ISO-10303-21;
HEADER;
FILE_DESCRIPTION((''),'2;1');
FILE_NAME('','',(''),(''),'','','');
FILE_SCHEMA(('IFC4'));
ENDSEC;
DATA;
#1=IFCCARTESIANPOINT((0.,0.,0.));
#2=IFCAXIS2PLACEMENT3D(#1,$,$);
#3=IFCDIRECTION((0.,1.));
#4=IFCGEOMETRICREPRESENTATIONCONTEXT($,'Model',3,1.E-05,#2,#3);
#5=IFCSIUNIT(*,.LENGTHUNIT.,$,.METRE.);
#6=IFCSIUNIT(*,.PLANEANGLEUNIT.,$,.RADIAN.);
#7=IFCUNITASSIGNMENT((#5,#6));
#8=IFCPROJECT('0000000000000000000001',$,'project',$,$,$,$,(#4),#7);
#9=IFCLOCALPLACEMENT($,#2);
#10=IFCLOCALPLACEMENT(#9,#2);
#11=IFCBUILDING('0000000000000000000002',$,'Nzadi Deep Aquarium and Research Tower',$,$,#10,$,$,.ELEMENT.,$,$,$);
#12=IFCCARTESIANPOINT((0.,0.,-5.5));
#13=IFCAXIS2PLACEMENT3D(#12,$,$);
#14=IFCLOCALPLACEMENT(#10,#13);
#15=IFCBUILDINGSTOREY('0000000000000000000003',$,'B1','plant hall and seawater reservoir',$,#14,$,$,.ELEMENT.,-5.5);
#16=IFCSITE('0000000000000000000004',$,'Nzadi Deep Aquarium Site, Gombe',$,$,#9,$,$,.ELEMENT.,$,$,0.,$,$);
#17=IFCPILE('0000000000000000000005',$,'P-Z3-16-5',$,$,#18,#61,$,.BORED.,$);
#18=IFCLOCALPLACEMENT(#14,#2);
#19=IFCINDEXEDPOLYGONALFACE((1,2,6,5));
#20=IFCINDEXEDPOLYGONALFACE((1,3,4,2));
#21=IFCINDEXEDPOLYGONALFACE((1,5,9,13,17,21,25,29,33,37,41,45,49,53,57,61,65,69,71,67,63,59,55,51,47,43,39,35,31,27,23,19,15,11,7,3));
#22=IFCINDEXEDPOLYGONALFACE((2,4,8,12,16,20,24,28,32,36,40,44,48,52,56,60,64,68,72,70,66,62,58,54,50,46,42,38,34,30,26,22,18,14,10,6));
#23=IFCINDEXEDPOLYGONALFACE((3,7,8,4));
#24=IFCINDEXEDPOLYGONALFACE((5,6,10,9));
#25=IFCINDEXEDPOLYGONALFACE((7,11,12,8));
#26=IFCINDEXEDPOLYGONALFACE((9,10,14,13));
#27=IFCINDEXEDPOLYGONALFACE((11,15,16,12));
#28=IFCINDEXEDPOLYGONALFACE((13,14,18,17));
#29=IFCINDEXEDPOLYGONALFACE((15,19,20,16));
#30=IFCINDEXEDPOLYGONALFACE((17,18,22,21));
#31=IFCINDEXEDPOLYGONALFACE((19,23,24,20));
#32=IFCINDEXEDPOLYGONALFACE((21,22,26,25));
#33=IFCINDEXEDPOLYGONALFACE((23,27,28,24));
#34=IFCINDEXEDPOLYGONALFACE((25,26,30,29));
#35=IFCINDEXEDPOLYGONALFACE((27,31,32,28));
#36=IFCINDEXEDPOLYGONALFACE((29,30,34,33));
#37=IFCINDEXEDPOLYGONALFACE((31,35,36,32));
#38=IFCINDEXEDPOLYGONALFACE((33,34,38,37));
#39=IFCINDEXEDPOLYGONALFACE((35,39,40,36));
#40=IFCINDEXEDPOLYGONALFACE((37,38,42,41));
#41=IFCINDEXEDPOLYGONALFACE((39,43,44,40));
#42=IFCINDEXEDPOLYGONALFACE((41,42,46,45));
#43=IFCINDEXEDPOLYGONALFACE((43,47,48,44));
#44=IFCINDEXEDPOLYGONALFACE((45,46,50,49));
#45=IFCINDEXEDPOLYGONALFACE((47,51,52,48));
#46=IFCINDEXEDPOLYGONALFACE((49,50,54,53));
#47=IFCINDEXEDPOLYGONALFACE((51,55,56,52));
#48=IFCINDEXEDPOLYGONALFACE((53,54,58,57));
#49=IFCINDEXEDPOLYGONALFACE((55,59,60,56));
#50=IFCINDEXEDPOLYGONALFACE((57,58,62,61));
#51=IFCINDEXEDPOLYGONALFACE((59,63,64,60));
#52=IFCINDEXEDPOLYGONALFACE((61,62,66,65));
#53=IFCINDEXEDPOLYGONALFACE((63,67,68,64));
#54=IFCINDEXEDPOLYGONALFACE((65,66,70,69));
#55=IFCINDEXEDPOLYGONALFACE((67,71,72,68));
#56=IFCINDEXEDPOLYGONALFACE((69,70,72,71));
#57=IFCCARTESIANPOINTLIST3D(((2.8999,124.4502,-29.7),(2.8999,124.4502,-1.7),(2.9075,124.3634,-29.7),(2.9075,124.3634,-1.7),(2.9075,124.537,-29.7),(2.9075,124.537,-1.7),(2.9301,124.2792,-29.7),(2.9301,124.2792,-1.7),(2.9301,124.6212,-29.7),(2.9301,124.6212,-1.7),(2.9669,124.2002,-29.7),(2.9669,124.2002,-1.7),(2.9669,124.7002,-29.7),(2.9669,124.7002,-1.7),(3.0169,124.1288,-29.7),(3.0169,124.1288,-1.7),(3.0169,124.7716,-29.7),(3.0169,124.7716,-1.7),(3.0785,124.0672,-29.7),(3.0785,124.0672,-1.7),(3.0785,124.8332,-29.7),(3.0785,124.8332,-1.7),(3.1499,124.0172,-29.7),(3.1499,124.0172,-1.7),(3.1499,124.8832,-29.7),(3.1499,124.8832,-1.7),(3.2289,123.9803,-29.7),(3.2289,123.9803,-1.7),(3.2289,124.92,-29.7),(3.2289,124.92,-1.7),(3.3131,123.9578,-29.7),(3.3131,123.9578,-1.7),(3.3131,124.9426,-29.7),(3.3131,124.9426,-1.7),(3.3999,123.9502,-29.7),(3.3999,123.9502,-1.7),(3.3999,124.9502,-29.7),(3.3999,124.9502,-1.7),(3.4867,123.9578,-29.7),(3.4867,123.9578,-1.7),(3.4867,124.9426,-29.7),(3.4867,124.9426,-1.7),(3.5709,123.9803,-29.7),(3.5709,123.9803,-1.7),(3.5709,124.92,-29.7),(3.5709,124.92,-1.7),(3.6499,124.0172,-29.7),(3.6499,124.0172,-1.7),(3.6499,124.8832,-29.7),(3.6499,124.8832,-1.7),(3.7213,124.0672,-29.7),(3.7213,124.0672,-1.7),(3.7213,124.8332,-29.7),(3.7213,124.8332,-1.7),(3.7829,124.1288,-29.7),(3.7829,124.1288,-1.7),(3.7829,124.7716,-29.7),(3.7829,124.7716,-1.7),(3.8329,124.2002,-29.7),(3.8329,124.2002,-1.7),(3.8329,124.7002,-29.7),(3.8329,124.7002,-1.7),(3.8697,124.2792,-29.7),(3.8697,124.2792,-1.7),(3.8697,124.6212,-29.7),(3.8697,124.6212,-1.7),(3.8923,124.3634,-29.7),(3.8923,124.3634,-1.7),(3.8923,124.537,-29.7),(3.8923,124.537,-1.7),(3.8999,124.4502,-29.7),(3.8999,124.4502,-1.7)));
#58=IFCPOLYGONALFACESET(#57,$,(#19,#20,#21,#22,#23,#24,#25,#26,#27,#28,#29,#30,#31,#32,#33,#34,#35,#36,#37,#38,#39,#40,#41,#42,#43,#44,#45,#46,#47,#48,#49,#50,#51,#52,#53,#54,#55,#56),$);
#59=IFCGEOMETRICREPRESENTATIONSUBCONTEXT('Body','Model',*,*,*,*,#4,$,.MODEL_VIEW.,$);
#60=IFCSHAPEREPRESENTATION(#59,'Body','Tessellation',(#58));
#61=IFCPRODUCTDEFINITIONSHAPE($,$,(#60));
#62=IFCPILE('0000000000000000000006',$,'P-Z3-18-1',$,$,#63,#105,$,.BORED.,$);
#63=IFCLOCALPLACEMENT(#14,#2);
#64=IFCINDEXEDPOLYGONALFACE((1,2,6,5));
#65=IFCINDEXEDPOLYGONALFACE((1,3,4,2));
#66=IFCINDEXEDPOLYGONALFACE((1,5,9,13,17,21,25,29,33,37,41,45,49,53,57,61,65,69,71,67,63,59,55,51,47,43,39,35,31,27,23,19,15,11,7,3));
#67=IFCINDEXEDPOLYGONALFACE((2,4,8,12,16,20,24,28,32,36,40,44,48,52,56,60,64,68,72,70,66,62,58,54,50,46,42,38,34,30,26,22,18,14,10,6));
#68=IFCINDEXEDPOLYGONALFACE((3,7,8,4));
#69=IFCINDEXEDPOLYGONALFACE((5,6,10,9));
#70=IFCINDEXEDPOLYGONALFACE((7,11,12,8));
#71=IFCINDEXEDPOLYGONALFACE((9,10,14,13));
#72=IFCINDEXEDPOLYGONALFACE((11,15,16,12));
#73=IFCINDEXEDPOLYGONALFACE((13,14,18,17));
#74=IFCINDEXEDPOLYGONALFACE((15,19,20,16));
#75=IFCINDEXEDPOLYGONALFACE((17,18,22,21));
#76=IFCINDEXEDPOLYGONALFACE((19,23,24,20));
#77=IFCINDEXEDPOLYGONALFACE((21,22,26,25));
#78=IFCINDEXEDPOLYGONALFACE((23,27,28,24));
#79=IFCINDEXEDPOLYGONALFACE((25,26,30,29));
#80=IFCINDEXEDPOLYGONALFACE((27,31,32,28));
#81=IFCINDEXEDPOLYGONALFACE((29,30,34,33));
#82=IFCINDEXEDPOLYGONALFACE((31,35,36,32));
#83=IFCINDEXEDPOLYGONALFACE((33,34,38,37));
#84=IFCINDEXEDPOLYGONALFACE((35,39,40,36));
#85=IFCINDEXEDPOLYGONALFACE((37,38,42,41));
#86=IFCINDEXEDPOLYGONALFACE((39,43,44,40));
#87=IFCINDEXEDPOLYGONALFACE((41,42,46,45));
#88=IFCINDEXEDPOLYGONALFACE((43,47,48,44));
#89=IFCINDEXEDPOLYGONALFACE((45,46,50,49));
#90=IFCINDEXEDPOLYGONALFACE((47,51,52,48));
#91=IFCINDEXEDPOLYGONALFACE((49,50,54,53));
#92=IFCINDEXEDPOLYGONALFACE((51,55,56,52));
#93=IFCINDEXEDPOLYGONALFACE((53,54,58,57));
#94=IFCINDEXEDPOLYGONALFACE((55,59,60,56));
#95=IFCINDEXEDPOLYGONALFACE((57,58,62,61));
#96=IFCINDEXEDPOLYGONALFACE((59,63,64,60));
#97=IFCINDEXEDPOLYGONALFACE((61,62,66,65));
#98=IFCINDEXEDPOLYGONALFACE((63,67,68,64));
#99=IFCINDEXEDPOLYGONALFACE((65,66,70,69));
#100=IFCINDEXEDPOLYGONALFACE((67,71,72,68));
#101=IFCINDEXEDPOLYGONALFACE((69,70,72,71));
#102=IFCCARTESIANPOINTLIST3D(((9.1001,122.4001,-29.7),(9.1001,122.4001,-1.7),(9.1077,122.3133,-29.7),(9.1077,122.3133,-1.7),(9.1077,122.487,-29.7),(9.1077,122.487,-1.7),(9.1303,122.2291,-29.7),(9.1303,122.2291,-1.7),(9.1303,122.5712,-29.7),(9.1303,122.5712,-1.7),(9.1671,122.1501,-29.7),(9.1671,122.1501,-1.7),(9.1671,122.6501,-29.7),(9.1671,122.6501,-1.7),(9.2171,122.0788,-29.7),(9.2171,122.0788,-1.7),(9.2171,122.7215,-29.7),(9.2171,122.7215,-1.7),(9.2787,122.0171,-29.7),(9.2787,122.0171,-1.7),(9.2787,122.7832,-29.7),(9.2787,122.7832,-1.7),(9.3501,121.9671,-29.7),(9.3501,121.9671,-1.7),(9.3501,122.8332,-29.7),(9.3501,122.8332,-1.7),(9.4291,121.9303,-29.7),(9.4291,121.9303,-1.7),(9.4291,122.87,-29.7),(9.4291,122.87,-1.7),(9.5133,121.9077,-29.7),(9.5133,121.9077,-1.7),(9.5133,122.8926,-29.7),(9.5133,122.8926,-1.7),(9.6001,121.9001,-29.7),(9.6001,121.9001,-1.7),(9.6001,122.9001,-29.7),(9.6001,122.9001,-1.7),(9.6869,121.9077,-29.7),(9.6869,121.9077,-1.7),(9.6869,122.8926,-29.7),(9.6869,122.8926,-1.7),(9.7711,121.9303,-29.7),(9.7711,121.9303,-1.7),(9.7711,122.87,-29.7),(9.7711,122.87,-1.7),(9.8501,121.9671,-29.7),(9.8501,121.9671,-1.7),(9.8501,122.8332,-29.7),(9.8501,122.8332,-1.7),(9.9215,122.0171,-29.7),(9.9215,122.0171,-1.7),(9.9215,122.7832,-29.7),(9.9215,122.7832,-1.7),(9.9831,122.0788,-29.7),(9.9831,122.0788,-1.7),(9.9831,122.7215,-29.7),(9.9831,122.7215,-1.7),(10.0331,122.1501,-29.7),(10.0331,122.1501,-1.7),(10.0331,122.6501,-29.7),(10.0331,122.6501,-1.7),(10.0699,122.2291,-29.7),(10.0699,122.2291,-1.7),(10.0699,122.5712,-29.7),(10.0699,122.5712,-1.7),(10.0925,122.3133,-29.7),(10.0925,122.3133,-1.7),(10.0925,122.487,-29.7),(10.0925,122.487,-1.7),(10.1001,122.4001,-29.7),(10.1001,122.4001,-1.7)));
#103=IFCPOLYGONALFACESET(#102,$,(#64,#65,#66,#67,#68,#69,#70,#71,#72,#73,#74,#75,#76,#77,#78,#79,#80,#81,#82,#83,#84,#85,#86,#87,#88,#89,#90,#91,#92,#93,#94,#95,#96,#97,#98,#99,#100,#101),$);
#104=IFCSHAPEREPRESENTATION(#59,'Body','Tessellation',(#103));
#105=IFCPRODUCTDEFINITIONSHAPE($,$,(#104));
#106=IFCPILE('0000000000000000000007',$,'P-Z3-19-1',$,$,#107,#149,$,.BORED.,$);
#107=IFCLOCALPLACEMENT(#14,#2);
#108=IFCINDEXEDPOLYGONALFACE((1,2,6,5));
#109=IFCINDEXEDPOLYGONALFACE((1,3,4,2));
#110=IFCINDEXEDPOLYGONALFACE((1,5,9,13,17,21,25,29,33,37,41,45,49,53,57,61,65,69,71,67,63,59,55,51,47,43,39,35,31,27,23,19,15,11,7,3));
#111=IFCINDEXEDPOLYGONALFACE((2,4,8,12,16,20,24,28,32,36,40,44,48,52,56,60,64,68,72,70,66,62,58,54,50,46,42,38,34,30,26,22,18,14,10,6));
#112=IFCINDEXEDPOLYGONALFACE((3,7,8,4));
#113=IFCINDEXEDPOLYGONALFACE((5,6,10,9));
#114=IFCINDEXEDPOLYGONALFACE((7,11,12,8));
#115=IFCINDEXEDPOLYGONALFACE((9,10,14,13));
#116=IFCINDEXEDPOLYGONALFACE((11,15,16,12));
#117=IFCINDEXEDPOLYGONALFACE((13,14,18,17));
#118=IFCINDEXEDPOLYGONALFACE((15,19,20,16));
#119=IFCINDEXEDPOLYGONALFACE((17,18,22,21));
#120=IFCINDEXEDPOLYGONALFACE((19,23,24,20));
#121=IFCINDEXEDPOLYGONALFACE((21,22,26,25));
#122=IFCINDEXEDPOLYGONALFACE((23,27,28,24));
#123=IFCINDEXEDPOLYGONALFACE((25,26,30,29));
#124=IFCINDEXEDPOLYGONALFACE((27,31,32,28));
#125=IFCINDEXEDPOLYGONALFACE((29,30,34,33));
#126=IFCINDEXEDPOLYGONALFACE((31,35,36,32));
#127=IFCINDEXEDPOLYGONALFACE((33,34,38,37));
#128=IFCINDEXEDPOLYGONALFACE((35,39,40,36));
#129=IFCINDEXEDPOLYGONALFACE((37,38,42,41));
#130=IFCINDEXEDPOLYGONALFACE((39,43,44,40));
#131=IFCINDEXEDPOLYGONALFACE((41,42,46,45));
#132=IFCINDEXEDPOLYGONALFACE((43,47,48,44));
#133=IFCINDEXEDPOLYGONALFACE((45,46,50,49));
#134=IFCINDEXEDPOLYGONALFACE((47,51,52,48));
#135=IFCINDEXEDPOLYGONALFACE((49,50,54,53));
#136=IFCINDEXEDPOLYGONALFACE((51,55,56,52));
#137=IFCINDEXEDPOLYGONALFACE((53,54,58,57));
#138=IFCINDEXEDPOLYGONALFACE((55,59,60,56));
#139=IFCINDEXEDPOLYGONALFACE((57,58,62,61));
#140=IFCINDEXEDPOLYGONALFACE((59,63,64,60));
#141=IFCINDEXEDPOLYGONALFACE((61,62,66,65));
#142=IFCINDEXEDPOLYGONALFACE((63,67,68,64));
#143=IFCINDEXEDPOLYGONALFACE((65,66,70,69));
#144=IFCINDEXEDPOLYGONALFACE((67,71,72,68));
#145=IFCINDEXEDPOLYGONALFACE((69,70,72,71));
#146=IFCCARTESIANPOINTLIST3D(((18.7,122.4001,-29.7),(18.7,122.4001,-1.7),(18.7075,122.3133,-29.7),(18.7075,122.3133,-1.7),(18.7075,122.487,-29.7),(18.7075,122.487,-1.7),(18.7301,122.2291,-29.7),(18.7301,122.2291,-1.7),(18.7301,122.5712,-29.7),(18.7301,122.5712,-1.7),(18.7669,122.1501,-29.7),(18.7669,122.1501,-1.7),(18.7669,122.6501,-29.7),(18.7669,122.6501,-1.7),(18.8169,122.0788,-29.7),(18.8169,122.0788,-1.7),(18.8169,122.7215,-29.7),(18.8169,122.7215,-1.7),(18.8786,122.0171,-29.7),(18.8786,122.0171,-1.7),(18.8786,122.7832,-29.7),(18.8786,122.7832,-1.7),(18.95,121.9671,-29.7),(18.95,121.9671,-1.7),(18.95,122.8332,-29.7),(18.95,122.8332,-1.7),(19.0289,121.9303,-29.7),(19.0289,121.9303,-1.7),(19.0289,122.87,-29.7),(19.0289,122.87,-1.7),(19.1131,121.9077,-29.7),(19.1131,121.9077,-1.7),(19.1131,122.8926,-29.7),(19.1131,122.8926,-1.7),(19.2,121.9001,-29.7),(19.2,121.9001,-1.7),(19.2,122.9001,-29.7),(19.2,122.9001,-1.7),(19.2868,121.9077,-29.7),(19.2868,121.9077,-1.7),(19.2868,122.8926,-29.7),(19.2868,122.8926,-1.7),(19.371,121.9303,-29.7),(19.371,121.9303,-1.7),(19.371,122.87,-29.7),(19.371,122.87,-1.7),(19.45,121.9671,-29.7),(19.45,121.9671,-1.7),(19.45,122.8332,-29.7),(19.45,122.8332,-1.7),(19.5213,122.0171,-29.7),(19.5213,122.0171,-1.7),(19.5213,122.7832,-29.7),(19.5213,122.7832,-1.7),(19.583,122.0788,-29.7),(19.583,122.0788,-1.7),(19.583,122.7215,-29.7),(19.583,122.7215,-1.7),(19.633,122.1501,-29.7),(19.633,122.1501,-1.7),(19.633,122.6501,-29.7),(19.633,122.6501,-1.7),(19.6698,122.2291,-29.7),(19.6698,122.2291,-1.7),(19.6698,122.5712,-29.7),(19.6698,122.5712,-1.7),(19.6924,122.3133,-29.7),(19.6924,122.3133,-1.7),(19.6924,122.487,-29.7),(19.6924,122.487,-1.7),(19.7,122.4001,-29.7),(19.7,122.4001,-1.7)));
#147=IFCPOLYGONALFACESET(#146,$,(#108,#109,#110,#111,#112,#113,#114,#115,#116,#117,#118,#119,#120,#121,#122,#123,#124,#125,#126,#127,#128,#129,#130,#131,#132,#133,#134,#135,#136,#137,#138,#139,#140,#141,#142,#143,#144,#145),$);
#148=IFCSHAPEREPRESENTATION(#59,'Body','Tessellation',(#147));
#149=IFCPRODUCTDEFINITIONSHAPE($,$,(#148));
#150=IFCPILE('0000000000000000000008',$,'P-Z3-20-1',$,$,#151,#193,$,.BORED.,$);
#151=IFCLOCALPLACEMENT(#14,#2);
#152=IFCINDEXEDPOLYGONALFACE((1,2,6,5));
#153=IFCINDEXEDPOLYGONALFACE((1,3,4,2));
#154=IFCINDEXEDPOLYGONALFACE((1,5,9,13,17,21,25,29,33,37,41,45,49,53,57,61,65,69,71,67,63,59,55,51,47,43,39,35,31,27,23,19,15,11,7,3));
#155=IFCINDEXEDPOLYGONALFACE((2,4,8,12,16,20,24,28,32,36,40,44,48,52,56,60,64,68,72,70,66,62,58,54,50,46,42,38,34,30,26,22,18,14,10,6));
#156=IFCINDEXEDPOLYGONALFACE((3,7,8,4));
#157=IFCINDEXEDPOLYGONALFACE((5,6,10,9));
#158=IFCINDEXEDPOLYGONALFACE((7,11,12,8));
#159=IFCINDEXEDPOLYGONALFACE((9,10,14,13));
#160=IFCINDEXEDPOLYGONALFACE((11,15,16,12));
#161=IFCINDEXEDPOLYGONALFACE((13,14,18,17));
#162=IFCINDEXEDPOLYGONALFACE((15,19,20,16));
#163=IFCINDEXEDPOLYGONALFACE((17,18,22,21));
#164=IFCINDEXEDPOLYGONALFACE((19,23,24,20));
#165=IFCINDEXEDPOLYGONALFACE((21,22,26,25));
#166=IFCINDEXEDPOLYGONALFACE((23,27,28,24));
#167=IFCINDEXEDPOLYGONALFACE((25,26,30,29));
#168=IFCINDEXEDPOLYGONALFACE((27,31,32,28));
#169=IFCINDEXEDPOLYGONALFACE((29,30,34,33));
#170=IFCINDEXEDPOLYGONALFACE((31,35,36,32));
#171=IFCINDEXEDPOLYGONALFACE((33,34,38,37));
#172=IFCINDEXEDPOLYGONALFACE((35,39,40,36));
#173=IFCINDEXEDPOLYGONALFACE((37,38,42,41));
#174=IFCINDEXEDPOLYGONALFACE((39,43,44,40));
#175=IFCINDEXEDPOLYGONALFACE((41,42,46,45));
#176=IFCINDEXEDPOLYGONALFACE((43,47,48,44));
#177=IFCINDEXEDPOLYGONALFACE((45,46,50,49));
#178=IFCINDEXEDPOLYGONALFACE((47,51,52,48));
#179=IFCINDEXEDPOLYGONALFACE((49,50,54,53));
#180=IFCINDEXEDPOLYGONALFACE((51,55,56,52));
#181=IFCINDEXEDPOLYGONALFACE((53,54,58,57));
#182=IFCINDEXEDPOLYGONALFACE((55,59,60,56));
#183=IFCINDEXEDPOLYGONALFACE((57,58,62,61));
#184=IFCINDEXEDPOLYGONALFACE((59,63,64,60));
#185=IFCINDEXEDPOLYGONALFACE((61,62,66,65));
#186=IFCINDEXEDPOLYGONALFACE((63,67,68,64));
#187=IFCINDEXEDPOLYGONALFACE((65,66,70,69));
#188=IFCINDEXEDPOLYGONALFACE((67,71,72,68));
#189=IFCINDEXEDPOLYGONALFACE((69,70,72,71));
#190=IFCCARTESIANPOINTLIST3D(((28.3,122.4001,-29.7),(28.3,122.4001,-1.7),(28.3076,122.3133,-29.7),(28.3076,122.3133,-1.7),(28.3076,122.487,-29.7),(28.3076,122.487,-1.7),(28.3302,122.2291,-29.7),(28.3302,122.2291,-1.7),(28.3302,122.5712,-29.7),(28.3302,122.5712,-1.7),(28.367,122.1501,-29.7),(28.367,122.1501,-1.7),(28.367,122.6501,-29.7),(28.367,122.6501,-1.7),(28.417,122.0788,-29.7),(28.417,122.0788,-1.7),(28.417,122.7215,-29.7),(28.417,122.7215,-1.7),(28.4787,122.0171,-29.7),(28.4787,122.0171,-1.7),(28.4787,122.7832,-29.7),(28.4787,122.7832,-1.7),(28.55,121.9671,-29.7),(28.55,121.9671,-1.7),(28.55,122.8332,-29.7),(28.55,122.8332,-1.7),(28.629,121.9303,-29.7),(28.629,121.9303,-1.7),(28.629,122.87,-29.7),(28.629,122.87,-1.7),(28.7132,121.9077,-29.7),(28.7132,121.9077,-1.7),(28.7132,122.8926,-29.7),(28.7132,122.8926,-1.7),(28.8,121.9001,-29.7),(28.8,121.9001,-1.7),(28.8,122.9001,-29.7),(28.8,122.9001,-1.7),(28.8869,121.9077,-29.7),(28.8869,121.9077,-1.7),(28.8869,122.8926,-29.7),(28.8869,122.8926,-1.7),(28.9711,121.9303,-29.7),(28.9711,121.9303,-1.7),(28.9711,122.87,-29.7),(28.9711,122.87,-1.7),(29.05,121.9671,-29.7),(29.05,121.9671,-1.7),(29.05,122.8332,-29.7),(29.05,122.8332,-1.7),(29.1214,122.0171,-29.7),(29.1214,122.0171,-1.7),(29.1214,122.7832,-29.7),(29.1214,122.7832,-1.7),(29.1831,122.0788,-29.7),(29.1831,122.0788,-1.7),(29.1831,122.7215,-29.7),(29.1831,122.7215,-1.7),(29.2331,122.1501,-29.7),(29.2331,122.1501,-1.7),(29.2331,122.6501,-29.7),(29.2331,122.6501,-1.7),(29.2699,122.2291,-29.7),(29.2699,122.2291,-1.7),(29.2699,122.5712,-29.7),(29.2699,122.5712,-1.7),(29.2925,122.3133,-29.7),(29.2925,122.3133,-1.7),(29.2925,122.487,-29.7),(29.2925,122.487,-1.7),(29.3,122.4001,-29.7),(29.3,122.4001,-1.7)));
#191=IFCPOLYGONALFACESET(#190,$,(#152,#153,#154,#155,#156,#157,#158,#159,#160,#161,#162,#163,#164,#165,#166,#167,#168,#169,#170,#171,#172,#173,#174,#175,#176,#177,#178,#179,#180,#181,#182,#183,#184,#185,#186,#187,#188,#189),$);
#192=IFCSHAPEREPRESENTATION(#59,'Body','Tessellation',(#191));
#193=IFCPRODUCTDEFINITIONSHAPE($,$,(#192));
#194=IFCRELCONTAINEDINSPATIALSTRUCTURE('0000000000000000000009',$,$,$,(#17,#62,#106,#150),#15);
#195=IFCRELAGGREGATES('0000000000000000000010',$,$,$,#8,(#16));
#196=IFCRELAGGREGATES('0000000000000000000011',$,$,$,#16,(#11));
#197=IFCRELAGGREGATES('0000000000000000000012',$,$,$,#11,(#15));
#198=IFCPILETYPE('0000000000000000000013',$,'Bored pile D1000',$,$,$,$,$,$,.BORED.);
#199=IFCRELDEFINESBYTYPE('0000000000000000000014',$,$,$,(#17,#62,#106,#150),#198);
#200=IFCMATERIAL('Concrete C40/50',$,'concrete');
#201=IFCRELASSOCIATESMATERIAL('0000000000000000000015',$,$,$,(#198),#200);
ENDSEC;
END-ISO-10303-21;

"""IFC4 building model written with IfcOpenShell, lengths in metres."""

from ifc_helpers import new_model, si_unit, direction, frame, origin, origin_2d, place, context, subcontext, project, spatial, circle, extrude, material, material_profile, profile_set, type_object, element, save


model = new_model("IFC4")

# Units and contexts
model_context = context("Model", 3, precision=1e-05, world=origin(), true_north=direction((0.0, 1.0)))
body_context = subcontext(model_context, "Body", "Model", "MODEL_VIEW")
ifc_project = project(units=[si_unit("LENGTHUNIT", "METRE"), si_unit("PLANEANGLEUNIT", "RADIAN")], contexts=[model_context])

# Site, building, storey
site_placement = place(None, origin())
site = spatial("IfcSite", under=ifc_project, at=site_placement, Name="Nzadi Deep Aquarium Site, Gombe", CompositionType="ELEMENT", RefElevation=0.0)
building_placement = place(site_placement, origin())
building = spatial("IfcBuilding", under=site, at=building_placement, Name="Nzadi Deep Aquarium and Research Tower", CompositionType="ELEMENT")
storey_placement = place(building_placement, frame((0.0, 0.0, -5.5)))
storey = spatial("IfcBuildingStorey", under=building, at=storey_placement, Name="B1", Description="plant hall and seawater reservoir", CompositionType="ELEMENT", Elevation=-5.5)

# Piles
ifc_material_1 = material(Name="Concrete C40/50", Category="concrete")
ifc_material_profile_1 = material_profile(ifc_material_1, circle(Radius=0.5, at=origin_2d()))
ifc_profile_set_1 = profile_set([ifc_material_profile_1], Name="Concrete C40/50")
pile_type = type_object("IfcPileType", Name="Bored pile D1000", PredefinedType="BORED", material=ifc_profile_set_1)
for number, where, z_axis, x_axis, name in (
    (1, (3.3999, 124.4502, -1.7), (0.0, 0.0, -1.0), (1.0, 0.0, 0.0), "P-Z3-16-5"),
    (2, (9.6001, 122.4001, -1.7), (0.0, 0.0, -1.0), (1.0, 0.0, 0.0), "P-Z3-18-1"),
    (3, (19.2, 122.4001, -1.7), (0.0, 0.0, -1.0), (1.0, 0.0, 0.0), "P-Z3-19-1"),
    (4, (28.8, 122.4001, -1.7), (0.0, 0.0, -1.0), (1.0, 0.0, 0.0), "P-Z3-20-1"),
):
    element("IfcPile", number, at=place(storey_placement, frame(where, z_axis=z_axis, x_axis=x_axis)), inside=storey, type_object=pile_type, Name=name, PredefinedType="BORED", context=body_context, shape_type="SweptSolid", body=[
        extrude(circle(Radius=0.5, at=origin_2d()), origin(), (0.0, 0.0, 1.0), 28.0),
    ])

save(model, "model.ifc")
